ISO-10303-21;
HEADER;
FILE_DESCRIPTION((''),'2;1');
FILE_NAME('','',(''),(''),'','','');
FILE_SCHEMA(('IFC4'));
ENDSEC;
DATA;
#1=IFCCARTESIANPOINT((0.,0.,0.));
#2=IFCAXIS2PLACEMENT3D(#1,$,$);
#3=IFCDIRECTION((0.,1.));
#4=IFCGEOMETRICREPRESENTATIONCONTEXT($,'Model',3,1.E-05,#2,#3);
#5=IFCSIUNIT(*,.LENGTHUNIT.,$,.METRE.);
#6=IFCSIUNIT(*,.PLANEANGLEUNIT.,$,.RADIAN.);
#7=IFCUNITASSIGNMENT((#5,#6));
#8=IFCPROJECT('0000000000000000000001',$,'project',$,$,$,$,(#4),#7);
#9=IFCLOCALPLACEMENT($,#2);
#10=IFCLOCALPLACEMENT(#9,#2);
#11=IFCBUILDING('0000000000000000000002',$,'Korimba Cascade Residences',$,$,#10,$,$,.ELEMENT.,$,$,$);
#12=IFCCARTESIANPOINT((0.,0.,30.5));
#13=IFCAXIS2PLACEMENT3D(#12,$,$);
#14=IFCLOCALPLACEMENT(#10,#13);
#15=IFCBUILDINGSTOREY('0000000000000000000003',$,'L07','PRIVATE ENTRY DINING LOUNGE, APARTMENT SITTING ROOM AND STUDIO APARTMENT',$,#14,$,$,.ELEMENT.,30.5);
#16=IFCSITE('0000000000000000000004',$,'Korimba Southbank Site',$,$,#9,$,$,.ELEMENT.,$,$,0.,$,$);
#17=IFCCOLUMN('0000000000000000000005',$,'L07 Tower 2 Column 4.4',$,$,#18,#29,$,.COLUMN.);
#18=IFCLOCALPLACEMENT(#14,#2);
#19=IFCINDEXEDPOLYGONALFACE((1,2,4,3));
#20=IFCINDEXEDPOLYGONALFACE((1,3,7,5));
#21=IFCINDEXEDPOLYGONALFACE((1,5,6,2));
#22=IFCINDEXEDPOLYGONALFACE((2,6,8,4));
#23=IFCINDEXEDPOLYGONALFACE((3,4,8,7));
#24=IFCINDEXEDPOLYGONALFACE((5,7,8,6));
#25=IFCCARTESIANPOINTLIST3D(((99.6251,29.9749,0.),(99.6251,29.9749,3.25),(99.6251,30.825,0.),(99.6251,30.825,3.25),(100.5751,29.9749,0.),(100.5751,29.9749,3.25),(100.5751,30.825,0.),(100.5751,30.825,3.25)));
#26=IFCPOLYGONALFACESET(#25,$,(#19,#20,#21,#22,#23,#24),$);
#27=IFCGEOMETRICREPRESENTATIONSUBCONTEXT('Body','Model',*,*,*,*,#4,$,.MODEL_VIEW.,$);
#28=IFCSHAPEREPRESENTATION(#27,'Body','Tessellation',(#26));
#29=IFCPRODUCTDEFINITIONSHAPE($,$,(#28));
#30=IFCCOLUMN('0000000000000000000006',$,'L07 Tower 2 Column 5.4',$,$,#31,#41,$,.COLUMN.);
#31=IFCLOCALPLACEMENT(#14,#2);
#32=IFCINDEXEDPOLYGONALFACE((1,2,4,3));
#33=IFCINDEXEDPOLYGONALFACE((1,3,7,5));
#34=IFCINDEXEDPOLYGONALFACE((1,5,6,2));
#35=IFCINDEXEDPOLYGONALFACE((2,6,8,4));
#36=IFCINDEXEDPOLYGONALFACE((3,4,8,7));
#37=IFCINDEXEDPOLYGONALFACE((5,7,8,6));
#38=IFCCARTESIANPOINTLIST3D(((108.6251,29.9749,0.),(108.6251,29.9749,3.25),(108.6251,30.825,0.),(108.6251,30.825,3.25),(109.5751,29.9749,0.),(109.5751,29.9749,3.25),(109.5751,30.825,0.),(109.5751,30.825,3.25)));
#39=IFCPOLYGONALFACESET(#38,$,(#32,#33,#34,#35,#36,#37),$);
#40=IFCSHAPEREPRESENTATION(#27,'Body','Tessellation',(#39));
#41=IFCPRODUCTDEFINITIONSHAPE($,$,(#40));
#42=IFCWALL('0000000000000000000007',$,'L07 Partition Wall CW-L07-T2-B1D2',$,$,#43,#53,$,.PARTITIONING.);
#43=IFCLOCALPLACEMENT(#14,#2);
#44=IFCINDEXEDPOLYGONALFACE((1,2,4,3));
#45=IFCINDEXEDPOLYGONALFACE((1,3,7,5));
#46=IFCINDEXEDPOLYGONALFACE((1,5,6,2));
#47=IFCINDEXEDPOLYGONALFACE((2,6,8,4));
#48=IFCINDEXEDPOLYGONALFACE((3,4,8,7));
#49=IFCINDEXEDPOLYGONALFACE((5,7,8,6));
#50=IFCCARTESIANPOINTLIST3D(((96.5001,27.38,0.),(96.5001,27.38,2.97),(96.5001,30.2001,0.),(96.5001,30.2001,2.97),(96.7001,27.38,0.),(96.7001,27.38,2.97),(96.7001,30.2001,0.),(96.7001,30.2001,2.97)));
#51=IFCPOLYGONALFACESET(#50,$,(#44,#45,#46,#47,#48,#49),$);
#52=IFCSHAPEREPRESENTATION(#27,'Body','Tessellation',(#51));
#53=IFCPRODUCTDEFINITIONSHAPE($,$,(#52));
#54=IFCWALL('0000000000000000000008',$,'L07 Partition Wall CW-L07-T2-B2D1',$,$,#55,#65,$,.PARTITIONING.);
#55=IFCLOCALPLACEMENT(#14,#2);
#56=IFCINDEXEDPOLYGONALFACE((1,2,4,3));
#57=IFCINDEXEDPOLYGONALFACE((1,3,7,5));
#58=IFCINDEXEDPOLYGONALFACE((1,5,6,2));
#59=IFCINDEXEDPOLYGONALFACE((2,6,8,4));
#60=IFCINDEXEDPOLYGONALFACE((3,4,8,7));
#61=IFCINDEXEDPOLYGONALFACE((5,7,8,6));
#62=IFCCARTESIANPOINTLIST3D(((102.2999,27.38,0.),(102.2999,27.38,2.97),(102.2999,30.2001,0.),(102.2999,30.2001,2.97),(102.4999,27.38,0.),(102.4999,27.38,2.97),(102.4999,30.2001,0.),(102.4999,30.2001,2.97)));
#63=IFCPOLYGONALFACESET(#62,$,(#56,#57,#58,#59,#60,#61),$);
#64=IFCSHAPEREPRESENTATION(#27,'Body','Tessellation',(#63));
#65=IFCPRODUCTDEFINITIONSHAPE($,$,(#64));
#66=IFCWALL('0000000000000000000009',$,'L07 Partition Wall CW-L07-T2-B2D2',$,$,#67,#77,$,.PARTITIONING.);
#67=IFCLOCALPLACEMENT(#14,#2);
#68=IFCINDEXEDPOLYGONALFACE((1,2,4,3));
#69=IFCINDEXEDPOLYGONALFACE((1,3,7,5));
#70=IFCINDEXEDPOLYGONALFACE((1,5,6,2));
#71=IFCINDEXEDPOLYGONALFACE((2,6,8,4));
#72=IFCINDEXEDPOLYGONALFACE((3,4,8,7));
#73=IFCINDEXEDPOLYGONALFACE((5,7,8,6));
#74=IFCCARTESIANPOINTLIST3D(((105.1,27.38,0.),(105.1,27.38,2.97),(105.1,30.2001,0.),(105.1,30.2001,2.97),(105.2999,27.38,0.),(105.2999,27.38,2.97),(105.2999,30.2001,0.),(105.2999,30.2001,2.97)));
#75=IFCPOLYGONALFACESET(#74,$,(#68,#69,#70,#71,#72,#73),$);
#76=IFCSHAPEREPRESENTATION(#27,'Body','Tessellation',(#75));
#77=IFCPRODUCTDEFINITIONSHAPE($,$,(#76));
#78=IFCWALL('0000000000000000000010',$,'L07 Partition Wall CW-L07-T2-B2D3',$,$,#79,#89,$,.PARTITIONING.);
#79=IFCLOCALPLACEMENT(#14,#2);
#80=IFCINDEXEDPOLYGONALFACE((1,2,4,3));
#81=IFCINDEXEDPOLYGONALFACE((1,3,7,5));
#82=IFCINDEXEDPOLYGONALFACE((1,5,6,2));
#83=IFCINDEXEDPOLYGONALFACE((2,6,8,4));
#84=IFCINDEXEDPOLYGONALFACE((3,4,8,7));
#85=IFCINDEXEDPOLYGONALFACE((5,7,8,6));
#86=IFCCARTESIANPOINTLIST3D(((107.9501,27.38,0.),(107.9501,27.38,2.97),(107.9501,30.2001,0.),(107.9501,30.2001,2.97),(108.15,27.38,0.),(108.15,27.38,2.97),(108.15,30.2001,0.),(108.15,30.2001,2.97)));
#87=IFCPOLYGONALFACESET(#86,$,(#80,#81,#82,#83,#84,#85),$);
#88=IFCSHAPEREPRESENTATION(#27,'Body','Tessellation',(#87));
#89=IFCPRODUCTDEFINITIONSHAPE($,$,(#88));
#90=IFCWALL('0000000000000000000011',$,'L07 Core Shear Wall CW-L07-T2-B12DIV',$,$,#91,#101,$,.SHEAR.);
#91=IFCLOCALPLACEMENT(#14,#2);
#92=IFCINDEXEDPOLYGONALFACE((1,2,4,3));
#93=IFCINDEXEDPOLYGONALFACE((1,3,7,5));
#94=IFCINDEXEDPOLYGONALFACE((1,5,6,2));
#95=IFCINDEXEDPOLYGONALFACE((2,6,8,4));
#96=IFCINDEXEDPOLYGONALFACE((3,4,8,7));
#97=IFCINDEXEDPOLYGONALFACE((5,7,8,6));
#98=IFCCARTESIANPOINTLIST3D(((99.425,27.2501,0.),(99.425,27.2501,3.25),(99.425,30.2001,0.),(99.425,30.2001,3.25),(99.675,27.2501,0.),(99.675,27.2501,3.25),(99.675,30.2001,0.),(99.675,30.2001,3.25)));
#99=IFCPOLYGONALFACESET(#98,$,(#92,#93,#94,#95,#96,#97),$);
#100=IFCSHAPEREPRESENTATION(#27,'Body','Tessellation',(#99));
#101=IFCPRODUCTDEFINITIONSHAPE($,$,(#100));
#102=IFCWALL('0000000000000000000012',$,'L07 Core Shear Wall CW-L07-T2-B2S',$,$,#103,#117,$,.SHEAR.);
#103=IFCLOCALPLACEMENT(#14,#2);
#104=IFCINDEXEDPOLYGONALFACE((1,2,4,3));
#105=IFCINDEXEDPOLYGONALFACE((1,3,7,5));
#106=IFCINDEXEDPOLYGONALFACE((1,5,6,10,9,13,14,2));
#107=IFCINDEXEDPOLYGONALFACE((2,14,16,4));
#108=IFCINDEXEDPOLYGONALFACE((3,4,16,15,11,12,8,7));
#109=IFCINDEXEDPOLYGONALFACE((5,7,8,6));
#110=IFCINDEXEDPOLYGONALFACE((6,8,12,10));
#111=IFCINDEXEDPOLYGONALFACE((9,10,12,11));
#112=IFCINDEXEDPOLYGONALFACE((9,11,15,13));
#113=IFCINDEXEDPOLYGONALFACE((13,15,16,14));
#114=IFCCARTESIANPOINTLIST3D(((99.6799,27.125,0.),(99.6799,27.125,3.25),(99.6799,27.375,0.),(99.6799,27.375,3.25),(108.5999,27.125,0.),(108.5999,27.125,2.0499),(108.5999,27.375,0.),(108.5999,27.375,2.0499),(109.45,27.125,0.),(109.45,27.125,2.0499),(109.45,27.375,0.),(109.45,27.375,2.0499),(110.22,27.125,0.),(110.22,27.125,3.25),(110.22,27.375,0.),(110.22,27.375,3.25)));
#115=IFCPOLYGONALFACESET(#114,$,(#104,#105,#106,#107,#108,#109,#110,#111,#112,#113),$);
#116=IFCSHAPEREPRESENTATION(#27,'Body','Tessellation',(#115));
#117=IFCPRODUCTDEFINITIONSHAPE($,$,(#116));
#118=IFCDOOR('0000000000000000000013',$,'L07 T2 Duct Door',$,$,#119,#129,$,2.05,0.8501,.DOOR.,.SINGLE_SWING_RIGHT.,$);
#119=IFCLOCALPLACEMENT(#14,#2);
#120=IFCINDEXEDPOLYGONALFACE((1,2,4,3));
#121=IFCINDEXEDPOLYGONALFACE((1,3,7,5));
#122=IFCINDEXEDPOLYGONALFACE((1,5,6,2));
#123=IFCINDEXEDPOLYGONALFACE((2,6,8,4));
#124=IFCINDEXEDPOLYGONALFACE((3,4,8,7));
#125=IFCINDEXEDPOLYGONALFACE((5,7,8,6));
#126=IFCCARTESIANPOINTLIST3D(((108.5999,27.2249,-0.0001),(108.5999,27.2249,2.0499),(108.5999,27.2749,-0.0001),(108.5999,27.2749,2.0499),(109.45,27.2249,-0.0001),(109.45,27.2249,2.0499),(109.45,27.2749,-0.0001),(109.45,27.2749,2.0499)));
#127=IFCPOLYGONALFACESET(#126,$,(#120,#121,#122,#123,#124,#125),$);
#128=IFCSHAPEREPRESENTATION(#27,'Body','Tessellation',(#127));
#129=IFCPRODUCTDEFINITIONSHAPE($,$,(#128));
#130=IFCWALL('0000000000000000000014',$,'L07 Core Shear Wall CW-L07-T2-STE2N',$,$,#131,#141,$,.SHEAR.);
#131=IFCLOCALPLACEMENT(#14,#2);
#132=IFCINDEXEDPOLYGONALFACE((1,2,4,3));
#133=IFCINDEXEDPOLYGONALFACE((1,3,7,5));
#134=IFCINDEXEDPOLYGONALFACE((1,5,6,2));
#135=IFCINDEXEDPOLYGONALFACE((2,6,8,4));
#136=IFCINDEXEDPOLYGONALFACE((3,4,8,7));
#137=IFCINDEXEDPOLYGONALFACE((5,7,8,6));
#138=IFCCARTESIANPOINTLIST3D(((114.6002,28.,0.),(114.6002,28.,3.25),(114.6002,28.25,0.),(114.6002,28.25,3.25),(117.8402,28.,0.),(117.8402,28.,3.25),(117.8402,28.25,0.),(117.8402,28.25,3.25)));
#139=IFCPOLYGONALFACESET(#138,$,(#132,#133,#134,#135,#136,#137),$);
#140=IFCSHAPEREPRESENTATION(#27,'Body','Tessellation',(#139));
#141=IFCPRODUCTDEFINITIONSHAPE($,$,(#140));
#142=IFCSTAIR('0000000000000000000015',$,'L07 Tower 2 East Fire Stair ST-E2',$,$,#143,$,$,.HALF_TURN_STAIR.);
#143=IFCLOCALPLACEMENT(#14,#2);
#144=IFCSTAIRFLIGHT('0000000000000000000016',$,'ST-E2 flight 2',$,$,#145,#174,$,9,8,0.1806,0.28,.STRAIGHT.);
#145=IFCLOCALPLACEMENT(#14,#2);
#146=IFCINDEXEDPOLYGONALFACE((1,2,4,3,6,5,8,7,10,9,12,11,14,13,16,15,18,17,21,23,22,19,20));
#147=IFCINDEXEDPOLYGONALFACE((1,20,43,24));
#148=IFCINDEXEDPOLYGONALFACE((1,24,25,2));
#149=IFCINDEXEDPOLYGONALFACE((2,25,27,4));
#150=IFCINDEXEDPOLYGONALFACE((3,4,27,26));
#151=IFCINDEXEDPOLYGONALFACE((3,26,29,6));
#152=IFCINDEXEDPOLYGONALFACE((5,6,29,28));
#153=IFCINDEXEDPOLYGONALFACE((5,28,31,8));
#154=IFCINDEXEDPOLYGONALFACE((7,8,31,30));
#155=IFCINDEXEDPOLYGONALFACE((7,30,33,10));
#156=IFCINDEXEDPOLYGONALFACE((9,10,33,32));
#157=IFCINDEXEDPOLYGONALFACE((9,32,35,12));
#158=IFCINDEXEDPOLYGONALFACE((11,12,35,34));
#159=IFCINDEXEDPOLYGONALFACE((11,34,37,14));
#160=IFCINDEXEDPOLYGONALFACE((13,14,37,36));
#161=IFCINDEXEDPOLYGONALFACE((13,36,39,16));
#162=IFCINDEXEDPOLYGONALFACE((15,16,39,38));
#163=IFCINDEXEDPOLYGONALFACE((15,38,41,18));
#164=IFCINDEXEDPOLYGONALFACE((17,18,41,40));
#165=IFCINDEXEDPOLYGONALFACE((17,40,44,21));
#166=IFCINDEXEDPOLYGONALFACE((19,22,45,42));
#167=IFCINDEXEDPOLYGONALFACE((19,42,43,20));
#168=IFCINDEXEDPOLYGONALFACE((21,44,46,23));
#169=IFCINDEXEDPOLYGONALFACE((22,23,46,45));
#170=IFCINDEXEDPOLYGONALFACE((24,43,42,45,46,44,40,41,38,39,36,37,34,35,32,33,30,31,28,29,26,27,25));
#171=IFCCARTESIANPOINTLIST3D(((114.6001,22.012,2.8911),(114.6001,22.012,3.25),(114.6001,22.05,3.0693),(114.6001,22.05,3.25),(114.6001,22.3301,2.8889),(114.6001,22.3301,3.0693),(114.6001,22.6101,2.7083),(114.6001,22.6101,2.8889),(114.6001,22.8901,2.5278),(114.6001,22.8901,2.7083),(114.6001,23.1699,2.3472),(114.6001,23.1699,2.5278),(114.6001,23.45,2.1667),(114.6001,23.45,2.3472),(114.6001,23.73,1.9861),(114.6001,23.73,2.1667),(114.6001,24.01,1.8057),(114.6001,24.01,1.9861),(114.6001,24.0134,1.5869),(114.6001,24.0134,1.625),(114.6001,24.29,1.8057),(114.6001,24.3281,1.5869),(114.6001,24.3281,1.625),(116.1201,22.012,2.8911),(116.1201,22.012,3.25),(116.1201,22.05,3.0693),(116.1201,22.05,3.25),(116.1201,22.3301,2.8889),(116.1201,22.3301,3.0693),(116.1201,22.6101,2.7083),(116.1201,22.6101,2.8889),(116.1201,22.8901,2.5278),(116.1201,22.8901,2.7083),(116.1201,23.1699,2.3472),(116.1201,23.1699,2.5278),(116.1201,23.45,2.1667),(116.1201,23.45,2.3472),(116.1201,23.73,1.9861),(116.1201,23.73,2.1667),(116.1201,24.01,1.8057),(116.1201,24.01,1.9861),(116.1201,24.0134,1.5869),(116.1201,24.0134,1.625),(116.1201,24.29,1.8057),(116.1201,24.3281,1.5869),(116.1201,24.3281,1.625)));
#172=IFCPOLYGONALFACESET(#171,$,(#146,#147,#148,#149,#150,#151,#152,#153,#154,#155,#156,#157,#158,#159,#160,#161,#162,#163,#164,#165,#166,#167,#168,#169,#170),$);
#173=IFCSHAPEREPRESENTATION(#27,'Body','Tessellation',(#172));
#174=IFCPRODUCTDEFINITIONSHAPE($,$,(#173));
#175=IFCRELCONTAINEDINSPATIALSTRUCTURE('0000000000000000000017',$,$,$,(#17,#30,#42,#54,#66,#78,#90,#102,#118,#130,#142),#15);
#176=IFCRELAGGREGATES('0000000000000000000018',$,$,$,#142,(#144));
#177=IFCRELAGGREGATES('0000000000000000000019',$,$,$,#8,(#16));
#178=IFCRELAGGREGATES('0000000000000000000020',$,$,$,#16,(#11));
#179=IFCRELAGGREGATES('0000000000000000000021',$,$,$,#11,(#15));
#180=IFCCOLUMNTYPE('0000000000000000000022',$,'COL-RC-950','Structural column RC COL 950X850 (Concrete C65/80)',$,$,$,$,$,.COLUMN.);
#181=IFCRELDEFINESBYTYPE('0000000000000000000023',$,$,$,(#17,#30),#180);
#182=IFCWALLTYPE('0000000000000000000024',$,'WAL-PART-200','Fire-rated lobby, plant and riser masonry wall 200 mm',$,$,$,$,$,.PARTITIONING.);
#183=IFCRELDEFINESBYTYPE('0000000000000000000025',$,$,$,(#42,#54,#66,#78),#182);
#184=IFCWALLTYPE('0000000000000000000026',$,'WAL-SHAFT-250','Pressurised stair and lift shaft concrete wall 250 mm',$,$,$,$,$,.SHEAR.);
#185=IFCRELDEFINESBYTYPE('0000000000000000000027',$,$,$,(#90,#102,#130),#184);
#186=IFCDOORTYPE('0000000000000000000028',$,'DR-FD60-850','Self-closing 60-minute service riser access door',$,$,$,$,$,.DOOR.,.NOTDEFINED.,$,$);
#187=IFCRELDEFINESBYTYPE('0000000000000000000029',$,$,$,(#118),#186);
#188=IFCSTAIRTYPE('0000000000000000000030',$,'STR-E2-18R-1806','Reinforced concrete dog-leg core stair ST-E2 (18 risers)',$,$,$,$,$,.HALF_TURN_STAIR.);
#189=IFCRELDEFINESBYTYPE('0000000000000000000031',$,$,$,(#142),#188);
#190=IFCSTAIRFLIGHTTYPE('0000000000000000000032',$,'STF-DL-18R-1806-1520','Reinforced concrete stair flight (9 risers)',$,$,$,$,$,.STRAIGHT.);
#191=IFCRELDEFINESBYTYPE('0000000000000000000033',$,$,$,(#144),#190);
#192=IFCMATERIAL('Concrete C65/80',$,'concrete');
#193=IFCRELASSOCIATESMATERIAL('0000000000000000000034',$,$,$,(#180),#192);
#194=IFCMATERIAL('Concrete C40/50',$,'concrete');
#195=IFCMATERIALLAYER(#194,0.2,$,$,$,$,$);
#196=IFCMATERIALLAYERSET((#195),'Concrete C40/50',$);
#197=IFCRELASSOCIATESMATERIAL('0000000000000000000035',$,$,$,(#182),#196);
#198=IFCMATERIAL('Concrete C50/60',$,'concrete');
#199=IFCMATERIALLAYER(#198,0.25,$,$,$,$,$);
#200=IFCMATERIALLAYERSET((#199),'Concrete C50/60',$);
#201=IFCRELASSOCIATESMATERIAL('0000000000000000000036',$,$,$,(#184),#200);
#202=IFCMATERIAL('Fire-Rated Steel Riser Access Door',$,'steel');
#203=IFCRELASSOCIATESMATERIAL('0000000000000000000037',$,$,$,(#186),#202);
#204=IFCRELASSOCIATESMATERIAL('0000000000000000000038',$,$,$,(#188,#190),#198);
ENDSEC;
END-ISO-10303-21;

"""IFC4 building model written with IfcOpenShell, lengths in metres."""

from ifc_helpers import new_model, si_unit, direction, frame, frame_2d, origin, origin_2d, place, context, subcontext, project, spatial, polyline, rectangle, outline, extrude, material, layer, layer_set, material_profile, profile_set, type_object, element, fill, aggregate, save


model = new_model("IFC4")

# Units and contexts
model_context = context("Model", 3, precision=1e-05, world=origin(), true_north=direction((0.0, 1.0)))
body_context = subcontext(model_context, "Body", "Model", "MODEL_VIEW")
ifc_project = project(units=[si_unit("LENGTHUNIT", "METRE"), si_unit("PLANEANGLEUNIT", "RADIAN")], contexts=[model_context])

# Site, building, storey
site_placement = place(None, origin())
site = spatial("IfcSite", under=ifc_project, at=site_placement, Name="Korimba Southbank Site", CompositionType="ELEMENT", RefElevation=0.0)
building_placement = place(site_placement, origin())
building = spatial("IfcBuilding", under=site, at=building_placement, Name="Korimba Cascade Residences", CompositionType="ELEMENT")
storey_placement = place(building_placement, frame((0.0, 0.0, 30.5)))
storey = spatial("IfcBuildingStorey", under=building, at=storey_placement, Name="L07", Description="PRIVATE ENTRY DINING LOUNGE, APARTMENT SITTING ROOM AND STUDIO APARTMENT", CompositionType="ELEMENT", Elevation=30.5)

# Columns
ifc_material_1 = material(Name="Concrete C65/80", Category="concrete")
ifc_material_profile = material_profile(ifc_material_1, rectangle(XDim=0.95, YDim=0.8501, at=origin_2d()), Name="Concrete C65/80")
ifc_profile_set = profile_set([ifc_material_profile], Name="Concrete C65/80")
column_type = type_object("IfcColumnType", Name="COL-RC-950", Description="Structural column RC COL 950X850 (Concrete C65/80)", PredefinedType="COLUMN", material=ifc_profile_set)
for number, where, z_axis, x_axis, name in (
    (1, (100.1001, 30.3999, 0.0), (0.0, 0.0, 1.0), (1.0, 0.0, 0.0), "L07 Tower 2 Column 4.4"),
    (2, (109.1001, 30.3999, 0.0), (0.0, 0.0, 1.0), (1.0, 0.0, 0.0), "L07 Tower 2 Column 5.4"),
):
    element("IfcColumn", number, at=place(storey_placement, frame(where, z_axis=z_axis, x_axis=x_axis)), inside=storey, type_object=column_type, Name=name, PredefinedType="COLUMN", context=body_context, shape_type="SweptSolid", body=[
        extrude(rectangle(XDim=0.95, YDim=0.8501, at=origin_2d()), origin(), (0.0, 0.0, 1.0), 3.25),
    ])

# Walls
ifc_material_2 = material(Name="Concrete C40/50", Category="concrete")
ifc_layer_1 = layer(ifc_material_2, 0.2)
ifc_layer_set_1 = layer_set([ifc_layer_1], Name="Concrete C40/50")
wall_type_1 = type_object("IfcWallType", Name="WAL-PART-200", Description="Fire-rated lobby, plant and riser masonry wall 200 mm", PredefinedType="PARTITIONING", material=ifc_layer_set_1)
for number, where, z_axis, x_axis, name in (
    (3, (96.6001, 27.3799, 0.0), (0.0, 0.0, 1.0), (0.0, 1.0, 0.0), "L07 Partition Wall CW-L07-T2-B1D2"),
    (4, (102.3999, 27.3799, 0.0), (0.0, 0.0, 1.0), (0.0, 1.0, 0.0), "L07 Partition Wall CW-L07-T2-B2D1"),
    (5, (105.2, 27.3799, 0.0), (0.0, 0.0, 1.0), (0.0, 1.0, 0.0), "L07 Partition Wall CW-L07-T2-B2D2"),
    (6, (108.05, 27.3799, 0.0), (0.0, 0.0, 1.0), (0.0, 1.0, 0.0), "L07 Partition Wall CW-L07-T2-B2D3"),
):
    element("IfcWall", number, at=place(storey_placement, frame(where, z_axis=z_axis, x_axis=x_axis)), inside=storey, type_object=wall_type_1, Name=name, PredefinedType="PARTITIONING", context=body_context, shape_type="SweptSolid", body=[
        extrude(rectangle(XDim=2.8201, YDim=0.2, at=frame_2d((1.4102, 0.0))), origin(), (0.0, 0.0, 1.0), 2.97),
    ])
ifc_material_3 = material(Name="Concrete C50/60", Category="concrete")
ifc_layer_2 = layer(ifc_material_3, 0.25)
ifc_layer_set_2 = layer_set([ifc_layer_2], Name="Concrete C50/60")
wall_type_2 = type_object("IfcWallType", Name="WAL-SHAFT-250", Description="Pressurised stair and lift shaft concrete wall 250 mm", PredefinedType="SHEAR", material=ifc_layer_set_2)
wall_1_placement = place(storey_placement, frame((99.55, 27.25, 0.0), z_axis=(0.0, 0.0, 1.0), x_axis=(0.0, 1.0, 0.0)))
element("IfcWall", 7, at=wall_1_placement, inside=storey, type_object=wall_type_2, Name="L07 Core Shear Wall CW-L07-T2-B12DIV", PredefinedType="SHEAR", context=body_context, shape_type="SweptSolid", body=[
    extrude(rectangle(XDim=2.95, YDim=0.25, at=frame_2d((1.4751, 0.0))), origin(), (0.0, 0.0, 1.0), 3.25),
])

# Wall, opening, door
wall_2_placement = place(storey_placement, frame((99.6799, 27.25, 0.0), z_axis=(0.0, 0.0, 1.0), x_axis=(1.0, 0.0, 0.0)))
wall_2 = element("IfcWall", 8, at=wall_2_placement, inside=storey, type_object=wall_type_2, Name="L07 Core Shear Wall CW-L07-T2-B2S", PredefinedType="SHEAR", context=body_context, shape_type="SweptSolid", body=[
    extrude(rectangle(XDim=10.54, YDim=0.25, at=frame_2d((5.27, 0.0))), origin(), (0.0, 0.0, 1.0), 3.25),
])
opening_placement = place(wall_2_placement, frame((8.9199, 0.0, 0.0)))
opening = element("IfcOpeningElement", 9, at=opening_placement, cuts=wall_2, PredefinedType="OPENING", context=body_context, shape_type="SweptSolid", body=[
    extrude(rectangle(XDim=0.8501, YDim=2.05, at=frame_2d((0.425, 1.0249))), frame((0.0, 0.135, 0.0), z_axis=(0.0, -1.0, 0.0), x_axis=(1.0, 0.0, 0.0)), (0.0, 0.0, 1.0), 0.27),
])
ifc_material_4 = material(Name="Fire-Rated Steel Riser Access Door", Category="steel")
door_type = type_object("IfcDoorType", Name="DR-FD60-850", Description="Self-closing 60-minute service riser access door", OperationType="NOTDEFINED", PredefinedType="DOOR", material=ifc_material_4)
door_placement = place(opening_placement, origin())
door = element("IfcDoor", 10, at=door_placement, inside=storey, type_object=door_type, Name="L07 T2 Duct Door", OperationType="SINGLE_SWING_RIGHT", OverallHeight=2.05, OverallWidth=0.8501, PredefinedType="DOOR", context=body_context, shape_type="SweptSolid", body=[
    extrude(rectangle(XDim=0.8501, YDim=2.05, at=frame_2d((0.425, 1.0249))), frame((0.0, 0.0249, 0.0), z_axis=(0.0, -1.0, 0.0), x_axis=(1.0, 0.0, 0.0)), (0.0, 0.0, 1.0), 0.05),
])
fill(opening, door)

# Wall
wall_3_placement = place(storey_placement, frame((114.6001, 28.125, 0.0), z_axis=(0.0, 0.0, 1.0), x_axis=(1.0, 0.0, 0.0)))
element("IfcWall", 11, at=wall_3_placement, inside=storey, type_object=wall_type_2, Name="L07 Core Shear Wall CW-L07-T2-STE2N", PredefinedType="SHEAR", context=body_context, shape_type="SweptSolid", body=[
    extrude(rectangle(XDim=3.24, YDim=0.25, at=frame_2d((1.6201, 0.0))), origin(), (0.0, 0.0, 1.0), 3.25),
])

# Stair, stair flight
stair_type = type_object("IfcStairType", Name="STR-E2-18R-1806", Description="Reinforced concrete dog-leg core stair ST-E2 (18 risers)", PredefinedType="HALF_TURN_STAIR", material=ifc_material_3)
stair_placement = place(storey_placement, origin())
stair = element("IfcStair", 12, at=stair_placement, inside=storey, type_object=stair_type, Name="L07 Tower 2 East Fire Stair ST-E2", PredefinedType="HALF_TURN_STAIR")
stair_flight_type = type_object("IfcStairFlightType", Name="STF-DL-18R-1806-1520", Description="Reinforced concrete stair flight (9 risers)", PredefinedType="STRAIGHT", material=ifc_material_3)
stair_flight_placement = place(storey_placement, frame((115.3601, 24.29, 1.625), z_axis=(0.0, 0.0, 1.0), x_axis=(0.0, -1.0, 0.0)))
stair_flight = element("IfcStairFlight", 13, at=stair_flight_placement, type_object=stair_flight_type, Name="ST-E2 flight 2", NumberOfRisers=9, NumberOfTreads=8, PredefinedType="STRAIGHT", RiserHeight=0.1806, TreadLength=0.28, context=body_context, shape_type="SweptSolid", body=[
    extrude(outline(polyline([(-0.0381, 0.0), (0.0, 0.1807), (0.28, 0.1807), (0.28, 0.3611), (0.5601, 0.3611), (0.5601, 0.5417), (0.8401, 0.5417), (0.8401, 0.7222), (1.1201, 0.7222), (1.1201, 0.9028), (1.3999, 0.9028), (1.3999, 1.0833), (1.6799, 1.0833), (1.6799, 1.2639), (1.96, 1.2639), (1.96, 1.4443), (2.24, 1.4443), (2.24, 1.625), (2.2781, 1.625), (2.2781, 1.2661), (0.2766, 0.0), (0.2766, -0.0381), (-0.0381, -0.0381), (-0.0381, 0.0)])), frame((0.0, 0.76, 0.0), z_axis=(0.0, -1.0, 0.0), x_axis=(1.0, 0.0, 0.0)), (0.0, 0.0, 1.0), 1.52),
])
aggregate(stair, [stair_flight])

save(model, "model.ifc")
